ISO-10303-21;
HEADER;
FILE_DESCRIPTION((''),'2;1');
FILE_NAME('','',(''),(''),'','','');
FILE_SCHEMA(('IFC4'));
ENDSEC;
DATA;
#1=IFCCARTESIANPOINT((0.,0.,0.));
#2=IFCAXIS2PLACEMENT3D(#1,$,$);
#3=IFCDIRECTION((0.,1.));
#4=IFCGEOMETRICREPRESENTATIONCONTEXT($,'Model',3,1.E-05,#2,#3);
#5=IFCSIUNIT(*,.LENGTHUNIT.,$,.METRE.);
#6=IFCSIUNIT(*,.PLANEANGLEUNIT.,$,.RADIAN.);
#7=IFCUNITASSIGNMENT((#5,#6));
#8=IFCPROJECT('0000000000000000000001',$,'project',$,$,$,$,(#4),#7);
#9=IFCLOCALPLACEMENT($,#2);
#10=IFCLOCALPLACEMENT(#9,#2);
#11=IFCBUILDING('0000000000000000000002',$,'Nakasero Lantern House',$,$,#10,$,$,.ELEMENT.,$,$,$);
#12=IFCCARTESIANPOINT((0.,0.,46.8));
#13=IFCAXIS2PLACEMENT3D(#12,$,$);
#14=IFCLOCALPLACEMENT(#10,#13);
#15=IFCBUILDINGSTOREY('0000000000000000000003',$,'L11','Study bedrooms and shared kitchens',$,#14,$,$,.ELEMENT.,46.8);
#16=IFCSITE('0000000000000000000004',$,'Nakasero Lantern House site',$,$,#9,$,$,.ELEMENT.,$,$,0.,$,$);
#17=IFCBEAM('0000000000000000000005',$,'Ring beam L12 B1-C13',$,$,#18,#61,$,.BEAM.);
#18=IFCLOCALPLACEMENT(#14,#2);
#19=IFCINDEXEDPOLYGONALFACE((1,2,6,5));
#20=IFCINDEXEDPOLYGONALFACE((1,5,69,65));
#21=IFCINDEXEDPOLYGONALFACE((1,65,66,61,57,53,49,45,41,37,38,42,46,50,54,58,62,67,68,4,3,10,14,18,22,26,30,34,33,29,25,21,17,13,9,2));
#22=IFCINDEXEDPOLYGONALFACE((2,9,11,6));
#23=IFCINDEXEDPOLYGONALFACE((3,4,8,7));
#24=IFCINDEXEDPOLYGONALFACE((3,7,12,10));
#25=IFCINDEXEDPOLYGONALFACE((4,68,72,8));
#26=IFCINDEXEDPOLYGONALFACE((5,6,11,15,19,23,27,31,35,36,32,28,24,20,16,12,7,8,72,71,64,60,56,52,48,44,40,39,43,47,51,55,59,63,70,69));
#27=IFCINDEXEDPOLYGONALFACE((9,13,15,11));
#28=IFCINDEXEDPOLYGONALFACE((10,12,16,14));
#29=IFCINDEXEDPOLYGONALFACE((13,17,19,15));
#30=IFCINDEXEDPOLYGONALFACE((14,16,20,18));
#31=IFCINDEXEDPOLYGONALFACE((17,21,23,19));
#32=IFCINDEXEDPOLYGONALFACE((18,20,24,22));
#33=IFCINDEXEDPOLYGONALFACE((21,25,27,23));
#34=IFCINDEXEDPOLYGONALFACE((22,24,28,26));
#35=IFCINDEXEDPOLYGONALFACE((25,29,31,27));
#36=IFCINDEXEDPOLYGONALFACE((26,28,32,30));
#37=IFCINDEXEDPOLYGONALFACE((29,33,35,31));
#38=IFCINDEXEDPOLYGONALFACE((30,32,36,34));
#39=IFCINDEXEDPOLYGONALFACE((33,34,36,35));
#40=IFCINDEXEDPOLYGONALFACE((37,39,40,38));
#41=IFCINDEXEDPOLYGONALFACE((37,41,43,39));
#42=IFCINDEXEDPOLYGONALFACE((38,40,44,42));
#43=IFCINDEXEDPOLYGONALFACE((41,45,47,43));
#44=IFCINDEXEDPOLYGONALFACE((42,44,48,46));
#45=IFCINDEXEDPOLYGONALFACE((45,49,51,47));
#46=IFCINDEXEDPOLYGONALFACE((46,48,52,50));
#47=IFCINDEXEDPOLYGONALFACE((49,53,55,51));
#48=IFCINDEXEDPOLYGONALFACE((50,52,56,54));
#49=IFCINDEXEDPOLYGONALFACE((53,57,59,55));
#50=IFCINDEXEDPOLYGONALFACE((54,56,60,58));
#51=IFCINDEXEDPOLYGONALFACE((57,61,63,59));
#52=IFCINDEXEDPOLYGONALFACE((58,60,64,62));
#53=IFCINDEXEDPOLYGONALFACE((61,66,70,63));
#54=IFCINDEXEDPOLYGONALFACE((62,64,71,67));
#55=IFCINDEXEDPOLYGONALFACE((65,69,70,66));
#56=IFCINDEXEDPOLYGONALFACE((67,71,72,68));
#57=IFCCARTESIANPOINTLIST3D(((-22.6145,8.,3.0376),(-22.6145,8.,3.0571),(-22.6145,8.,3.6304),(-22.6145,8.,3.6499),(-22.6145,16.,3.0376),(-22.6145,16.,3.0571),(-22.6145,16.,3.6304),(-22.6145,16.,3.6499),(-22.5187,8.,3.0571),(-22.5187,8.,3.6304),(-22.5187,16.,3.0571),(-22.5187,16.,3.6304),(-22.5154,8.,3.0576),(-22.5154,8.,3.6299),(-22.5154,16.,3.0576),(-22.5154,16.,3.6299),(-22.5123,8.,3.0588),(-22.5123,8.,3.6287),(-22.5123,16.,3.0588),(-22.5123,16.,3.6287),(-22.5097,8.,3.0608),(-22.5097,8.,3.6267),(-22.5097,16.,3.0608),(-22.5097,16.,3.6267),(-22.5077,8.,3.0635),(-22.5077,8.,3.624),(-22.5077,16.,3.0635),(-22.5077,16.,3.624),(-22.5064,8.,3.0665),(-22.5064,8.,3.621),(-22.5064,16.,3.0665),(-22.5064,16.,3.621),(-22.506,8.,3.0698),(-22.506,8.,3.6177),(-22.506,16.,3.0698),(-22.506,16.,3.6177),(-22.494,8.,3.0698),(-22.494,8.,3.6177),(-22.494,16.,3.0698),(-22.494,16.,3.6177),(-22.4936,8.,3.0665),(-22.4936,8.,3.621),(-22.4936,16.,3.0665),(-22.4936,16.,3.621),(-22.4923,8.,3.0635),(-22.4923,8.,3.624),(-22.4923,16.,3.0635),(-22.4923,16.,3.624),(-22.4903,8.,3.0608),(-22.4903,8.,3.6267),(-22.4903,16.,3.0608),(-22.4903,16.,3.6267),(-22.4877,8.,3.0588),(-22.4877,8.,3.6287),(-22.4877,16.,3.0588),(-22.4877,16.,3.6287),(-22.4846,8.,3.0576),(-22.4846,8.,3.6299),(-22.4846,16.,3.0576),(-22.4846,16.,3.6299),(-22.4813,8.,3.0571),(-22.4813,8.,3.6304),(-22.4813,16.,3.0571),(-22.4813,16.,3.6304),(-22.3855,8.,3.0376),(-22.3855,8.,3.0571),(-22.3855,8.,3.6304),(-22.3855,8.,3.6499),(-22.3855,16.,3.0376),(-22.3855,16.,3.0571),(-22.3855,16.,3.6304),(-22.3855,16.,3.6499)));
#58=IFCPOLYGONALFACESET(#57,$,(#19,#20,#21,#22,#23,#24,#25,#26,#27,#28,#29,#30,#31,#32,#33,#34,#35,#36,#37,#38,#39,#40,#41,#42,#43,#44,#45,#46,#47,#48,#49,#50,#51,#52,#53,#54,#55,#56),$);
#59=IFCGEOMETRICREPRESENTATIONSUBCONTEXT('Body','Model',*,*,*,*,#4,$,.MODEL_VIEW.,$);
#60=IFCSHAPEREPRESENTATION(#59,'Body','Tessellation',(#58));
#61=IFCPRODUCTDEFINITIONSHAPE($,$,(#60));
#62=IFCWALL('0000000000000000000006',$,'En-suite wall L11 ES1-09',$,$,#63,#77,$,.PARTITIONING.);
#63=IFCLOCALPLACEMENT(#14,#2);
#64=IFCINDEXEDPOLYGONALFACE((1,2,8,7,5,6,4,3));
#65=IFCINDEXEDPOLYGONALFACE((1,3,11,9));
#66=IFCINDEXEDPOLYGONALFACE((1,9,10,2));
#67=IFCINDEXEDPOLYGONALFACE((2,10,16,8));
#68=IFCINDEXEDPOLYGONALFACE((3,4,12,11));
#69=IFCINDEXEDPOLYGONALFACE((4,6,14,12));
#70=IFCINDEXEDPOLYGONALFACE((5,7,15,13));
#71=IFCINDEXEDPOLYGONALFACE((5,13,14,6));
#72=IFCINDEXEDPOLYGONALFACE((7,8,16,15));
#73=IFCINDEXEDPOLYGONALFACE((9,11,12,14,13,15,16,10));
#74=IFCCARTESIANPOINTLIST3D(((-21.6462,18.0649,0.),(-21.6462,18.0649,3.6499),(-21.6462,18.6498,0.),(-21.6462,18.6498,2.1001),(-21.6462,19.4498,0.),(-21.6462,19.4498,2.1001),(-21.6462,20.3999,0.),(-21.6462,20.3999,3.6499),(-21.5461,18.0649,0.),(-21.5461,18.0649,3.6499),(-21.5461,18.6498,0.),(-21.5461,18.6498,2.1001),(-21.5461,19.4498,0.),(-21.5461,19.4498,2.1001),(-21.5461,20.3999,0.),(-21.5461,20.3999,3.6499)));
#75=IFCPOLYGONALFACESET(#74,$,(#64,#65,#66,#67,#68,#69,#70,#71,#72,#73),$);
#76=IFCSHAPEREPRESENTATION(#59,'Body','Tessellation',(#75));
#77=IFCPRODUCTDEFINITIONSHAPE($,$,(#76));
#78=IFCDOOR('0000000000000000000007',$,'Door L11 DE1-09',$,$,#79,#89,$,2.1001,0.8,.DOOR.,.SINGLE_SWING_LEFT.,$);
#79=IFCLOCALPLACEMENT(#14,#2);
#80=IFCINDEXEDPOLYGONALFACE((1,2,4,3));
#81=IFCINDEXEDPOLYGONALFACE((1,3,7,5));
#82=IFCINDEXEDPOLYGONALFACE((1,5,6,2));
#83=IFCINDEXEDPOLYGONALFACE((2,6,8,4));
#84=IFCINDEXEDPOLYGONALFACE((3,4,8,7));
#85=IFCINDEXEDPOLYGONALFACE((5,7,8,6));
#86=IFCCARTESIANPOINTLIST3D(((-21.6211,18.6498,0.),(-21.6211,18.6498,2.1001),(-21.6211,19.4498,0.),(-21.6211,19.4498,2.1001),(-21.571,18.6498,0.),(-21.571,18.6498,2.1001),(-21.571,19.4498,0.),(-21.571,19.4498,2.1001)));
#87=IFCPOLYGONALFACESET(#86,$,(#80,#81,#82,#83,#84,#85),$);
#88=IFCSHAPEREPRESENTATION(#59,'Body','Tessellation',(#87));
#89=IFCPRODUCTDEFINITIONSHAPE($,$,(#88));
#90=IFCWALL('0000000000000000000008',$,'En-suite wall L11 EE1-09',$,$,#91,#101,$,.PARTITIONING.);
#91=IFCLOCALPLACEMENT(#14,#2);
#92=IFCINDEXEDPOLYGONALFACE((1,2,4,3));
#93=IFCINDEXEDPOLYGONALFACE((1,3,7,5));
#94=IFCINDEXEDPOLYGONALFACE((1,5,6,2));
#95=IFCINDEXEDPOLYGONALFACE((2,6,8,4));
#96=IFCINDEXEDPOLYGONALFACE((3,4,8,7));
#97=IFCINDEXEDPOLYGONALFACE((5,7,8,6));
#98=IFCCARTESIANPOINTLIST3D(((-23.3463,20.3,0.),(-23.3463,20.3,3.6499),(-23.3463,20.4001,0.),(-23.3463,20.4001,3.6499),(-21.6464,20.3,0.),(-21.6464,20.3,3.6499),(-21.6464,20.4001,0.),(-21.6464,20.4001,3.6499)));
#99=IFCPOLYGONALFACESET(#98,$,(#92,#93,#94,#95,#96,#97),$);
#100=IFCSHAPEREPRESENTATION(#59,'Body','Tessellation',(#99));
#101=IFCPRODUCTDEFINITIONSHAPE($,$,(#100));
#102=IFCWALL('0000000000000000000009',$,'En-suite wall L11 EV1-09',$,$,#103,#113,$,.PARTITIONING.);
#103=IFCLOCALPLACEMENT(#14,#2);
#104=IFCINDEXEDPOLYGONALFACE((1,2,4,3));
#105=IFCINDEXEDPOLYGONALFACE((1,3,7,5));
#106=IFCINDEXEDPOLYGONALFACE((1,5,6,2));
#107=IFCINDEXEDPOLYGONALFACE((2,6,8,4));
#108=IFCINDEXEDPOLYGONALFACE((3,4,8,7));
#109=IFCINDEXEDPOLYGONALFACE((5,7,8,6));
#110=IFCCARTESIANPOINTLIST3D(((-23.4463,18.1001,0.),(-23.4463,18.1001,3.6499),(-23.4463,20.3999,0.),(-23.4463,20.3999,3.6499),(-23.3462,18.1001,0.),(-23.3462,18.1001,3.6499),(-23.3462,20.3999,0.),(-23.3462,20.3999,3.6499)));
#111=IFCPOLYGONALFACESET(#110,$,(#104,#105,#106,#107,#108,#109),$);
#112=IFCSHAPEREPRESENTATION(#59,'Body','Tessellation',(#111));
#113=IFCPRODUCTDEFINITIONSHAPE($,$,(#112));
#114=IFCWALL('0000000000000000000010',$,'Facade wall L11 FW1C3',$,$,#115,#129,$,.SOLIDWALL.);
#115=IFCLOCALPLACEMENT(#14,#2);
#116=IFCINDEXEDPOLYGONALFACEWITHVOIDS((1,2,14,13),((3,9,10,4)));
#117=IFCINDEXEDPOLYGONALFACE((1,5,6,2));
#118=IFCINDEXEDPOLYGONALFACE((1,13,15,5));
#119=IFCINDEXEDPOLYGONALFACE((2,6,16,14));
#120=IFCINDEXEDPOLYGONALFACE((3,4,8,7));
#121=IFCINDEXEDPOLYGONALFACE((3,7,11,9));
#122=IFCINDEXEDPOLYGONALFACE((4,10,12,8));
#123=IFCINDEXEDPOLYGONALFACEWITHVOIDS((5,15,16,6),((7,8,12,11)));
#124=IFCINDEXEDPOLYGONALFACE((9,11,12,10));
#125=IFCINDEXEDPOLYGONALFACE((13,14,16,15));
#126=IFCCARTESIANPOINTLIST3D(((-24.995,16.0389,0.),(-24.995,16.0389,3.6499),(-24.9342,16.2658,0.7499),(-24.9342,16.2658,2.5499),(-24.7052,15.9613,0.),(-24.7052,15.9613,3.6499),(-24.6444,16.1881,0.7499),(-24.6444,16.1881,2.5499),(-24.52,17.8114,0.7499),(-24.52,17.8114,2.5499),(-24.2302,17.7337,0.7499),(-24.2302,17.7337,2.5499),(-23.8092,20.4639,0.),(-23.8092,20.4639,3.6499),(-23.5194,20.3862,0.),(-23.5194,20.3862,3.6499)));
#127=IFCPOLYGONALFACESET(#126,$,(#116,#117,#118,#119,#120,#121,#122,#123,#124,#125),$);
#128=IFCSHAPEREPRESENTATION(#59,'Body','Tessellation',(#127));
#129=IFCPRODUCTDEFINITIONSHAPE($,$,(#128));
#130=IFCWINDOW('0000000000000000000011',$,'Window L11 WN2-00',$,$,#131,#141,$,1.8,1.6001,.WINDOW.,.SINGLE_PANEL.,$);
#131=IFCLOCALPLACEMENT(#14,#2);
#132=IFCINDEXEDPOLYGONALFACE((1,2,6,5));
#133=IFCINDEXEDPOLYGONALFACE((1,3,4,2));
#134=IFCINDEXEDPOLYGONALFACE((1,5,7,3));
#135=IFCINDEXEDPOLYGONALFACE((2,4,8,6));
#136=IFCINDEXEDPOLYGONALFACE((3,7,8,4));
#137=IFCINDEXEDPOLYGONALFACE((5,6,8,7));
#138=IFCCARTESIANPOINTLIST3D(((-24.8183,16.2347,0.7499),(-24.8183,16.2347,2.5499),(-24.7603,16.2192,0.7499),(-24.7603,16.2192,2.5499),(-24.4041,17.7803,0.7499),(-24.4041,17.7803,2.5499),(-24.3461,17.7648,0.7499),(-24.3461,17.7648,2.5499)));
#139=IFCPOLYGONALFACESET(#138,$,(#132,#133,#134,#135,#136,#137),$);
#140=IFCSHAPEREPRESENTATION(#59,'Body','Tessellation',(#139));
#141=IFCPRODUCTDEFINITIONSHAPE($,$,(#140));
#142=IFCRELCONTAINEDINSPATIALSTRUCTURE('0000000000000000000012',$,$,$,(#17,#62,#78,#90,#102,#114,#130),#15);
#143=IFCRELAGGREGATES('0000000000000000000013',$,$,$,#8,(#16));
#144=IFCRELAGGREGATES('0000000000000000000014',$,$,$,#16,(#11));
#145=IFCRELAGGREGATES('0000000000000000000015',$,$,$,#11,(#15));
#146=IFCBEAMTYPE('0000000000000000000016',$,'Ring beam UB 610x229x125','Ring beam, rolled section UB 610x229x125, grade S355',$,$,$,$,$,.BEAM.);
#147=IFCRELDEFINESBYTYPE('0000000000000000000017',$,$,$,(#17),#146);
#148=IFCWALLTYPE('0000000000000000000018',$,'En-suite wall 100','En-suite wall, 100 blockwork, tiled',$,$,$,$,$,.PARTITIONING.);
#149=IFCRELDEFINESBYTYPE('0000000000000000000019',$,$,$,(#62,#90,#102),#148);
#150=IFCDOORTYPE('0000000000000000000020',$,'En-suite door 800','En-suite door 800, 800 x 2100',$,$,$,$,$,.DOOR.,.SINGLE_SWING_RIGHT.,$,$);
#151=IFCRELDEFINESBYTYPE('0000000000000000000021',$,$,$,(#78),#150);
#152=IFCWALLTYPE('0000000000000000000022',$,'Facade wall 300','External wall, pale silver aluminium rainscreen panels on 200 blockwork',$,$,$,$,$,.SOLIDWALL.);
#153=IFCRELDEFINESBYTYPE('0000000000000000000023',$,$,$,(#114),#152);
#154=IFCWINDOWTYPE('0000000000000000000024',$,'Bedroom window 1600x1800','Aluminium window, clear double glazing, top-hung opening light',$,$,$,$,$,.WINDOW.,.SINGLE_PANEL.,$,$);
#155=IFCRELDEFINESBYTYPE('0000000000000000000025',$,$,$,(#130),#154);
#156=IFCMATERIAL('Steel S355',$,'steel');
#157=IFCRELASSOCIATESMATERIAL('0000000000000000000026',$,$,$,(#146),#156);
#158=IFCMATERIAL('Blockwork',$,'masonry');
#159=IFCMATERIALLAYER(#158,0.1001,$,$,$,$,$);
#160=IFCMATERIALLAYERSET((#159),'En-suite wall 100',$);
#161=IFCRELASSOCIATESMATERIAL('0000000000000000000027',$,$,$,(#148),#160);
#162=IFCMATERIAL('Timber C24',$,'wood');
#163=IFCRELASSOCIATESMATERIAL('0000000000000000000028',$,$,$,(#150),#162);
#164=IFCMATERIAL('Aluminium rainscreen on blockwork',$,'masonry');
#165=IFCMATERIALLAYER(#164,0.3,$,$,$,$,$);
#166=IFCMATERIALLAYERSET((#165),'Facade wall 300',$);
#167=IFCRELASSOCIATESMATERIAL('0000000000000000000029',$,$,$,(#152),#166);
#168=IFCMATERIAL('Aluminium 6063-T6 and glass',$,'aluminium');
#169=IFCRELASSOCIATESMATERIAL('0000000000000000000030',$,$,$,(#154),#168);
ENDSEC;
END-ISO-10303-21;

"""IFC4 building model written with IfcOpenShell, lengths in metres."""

from ifc_helpers import new_model, si_unit, direction, frame, frame_2d, origin, origin_2d, place, context, subcontext, project, spatial, rectangle, i_section, extrude, material, layer, layer_set, material_profile, profile_set, type_object, element, fill, save


model = new_model("IFC4")

# Units and contexts
model_context = context("Model", 3, precision=1e-05, world=origin(), true_north=direction((0.0, 1.0)))
body_context = subcontext(model_context, "Body", "Model", "MODEL_VIEW")
ifc_project = project(units=[si_unit("LENGTHUNIT", "METRE"), si_unit("PLANEANGLEUNIT", "RADIAN")], contexts=[model_context])

# Site, building, storey
site_placement = place(None, origin())
site = spatial("IfcSite", under=ifc_project, at=site_placement, Name="Nakasero Lantern House site", CompositionType="ELEMENT", RefElevation=0.0)
building_placement = place(site_placement, origin())
building = spatial("IfcBuilding", under=site, at=building_placement, Name="Nakasero Lantern House", CompositionType="ELEMENT")
storey_placement = place(building_placement, frame((0.0, 0.0, 46.8)))
storey = spatial("IfcBuildingStorey", under=building, at=storey_placement, Name="L11", Description="Study bedrooms and shared kitchens", CompositionType="ELEMENT", Elevation=46.8)

# Beam
ifc_material_1 = material(Name="Steel S355", Category="steel")
ifc_material_profile_1 = material_profile(ifc_material_1, i_section(OverallWidth=0.229, OverallDepth=0.6123, WebThickness=0.012, FlangeThickness=0.0195, FilletRadius=0.0127, at=origin_2d()), Name="UB 610x229x125")
ifc_profile_set_1 = profile_set([ifc_material_profile_1], Name="Steel S355")
beam_type_1 = type_object("IfcBeamType", Name="Ring beam UB 610x229x125", Description="Ring beam, rolled section UB 610x229x125, grade S355", PredefinedType="BEAM", material=ifc_profile_set_1)
beam_1_placement = place(storey_placement, frame((-22.5, 16.0, 3.3438), z_axis=(0.0, -1.0, 0.0), x_axis=(1.0, 0.0, 0.0)))
element("IfcBeam", 1, at=beam_1_placement, inside=storey, type_object=beam_type_1, Name="Ring beam L12 B1-C13", PredefinedType="BEAM", context=body_context, shape_type="SweptSolid", body=[
    extrude(i_section(OverallWidth=0.229, OverallDepth=0.6123, WebThickness=0.012, FlangeThickness=0.0195, FilletRadius=0.0127, at=origin_2d()), origin(), (0.0, 0.0, 1.0), 8.0),
])

# Wall, opening, door
ifc_material_2 = material(Name="Blockwork", Category="masonry")
ifc_layer_1 = layer(ifc_material_2, 0.1001)
ifc_layer_set_1 = layer_set([ifc_layer_1], Name="En-suite wall 100")
wall_type_1 = type_object("IfcWallType", Name="En-suite wall 100", Description="En-suite wall, 100 blockwork, tiled", PredefinedType="PARTITIONING", material=ifc_layer_set_1)
wall_1_placement = place(storey_placement, frame((-21.5962, 18.0649, 0.0), z_axis=(0.0, 0.0, 1.0), x_axis=(0.0, 1.0, 0.0)))
wall_1 = element("IfcWall", 2, at=wall_1_placement, inside=storey, type_object=wall_type_1, Name="En-suite wall L11 ES1-09", PredefinedType="PARTITIONING", context=body_context, shape_type="SweptSolid", body=[
    extrude(rectangle(XDim=2.335, YDim=0.1001, at=frame_2d((1.1675, 0.0))), origin(), (0.0, 0.0, 1.0), 3.6499),
])
opening_1_placement = place(wall_1_placement, frame((0.585, 0.0, 0.0)))
opening_1 = element("IfcOpeningElement", 3, at=opening_1_placement, cuts=wall_1, PredefinedType="OPENING", context=body_context, shape_type="SweptSolid", body=[
    extrude(rectangle(XDim=0.8, YDim=2.1001, at=frame_2d((0.3999, 1.05))), frame((0.0, 0.0701, 0.0), z_axis=(0.0, -1.0, 0.0), x_axis=(1.0, 0.0, 0.0)), (0.0, 0.0, 1.0), 0.1401),
])
ifc_material_3 = material(Name="Timber C24", Category="wood")
door_type_1 = type_object("IfcDoorType", Name="En-suite door 800", Description="En-suite door 800, 800 x 2100", OperationType="SINGLE_SWING_RIGHT", PredefinedType="DOOR", material=ifc_material_3)
door_1_placement = place(opening_1_placement, origin())
door_1 = element("IfcDoor", 4, at=door_1_placement, inside=storey, type_object=door_type_1, Name="Door L11 DE1-09", OperationType="SINGLE_SWING_LEFT", OverallHeight=2.1001, OverallWidth=0.8, PredefinedType="DOOR", context=body_context, shape_type="SweptSolid", body=[
    extrude(rectangle(XDim=0.8, YDim=2.1001, at=frame_2d((0.3999, 1.05))), frame((0.0, 0.0249, 0.0), z_axis=(0.0, -1.0, 0.0), x_axis=(1.0, 0.0, 0.0)), (0.0, 0.0, 1.0), 0.05),
])
fill(opening_1, door_1)

# Walls
wall_2_placement = place(storey_placement, frame((-21.6462, 20.3501, 0.0), z_axis=(0.0, 0.0, 1.0), x_axis=(-1.0, 0.0, 0.0)))
element("IfcWall", 5, at=wall_2_placement, inside=storey, type_object=wall_type_1, Name="En-suite wall L11 EE1-09", PredefinedType="PARTITIONING", context=body_context, shape_type="SweptSolid", body=[
    extrude(rectangle(XDim=1.7, YDim=0.1001, at=frame_2d((0.8501, 0.0))), origin(), (0.0, 0.0, 1.0), 3.6499),
])
wall_3_placement = place(storey_placement, frame((-23.3962, 18.1001, 0.0), z_axis=(0.0, 0.0, 1.0), x_axis=(0.0, 1.0, 0.0)))
element("IfcWall", 6, at=wall_3_placement, inside=storey, type_object=wall_type_1, Name="En-suite wall L11 EV1-09", PredefinedType="PARTITIONING", context=body_context, shape_type="SweptSolid", body=[
    extrude(rectangle(XDim=2.2998, YDim=0.1001, at=frame_2d((1.1499, 0.0))), origin(), (0.0, 0.0, 1.0), 3.6499),
])

# Wall, opening, window
ifc_material_4 = material(Name="Aluminium rainscreen on blockwork", Category="masonry")
ifc_layer_2 = layer(ifc_material_4, 0.3)
ifc_layer_set_2 = layer_set([ifc_layer_2], Name="Facade wall 300")
wall_type_2 = type_object("IfcWallType", Name="Facade wall 300", Description="External wall, pale silver aluminium rainscreen panels on 200 blockwork", PredefinedType="SOLIDWALL", material=ifc_layer_set_2)
wall_4_placement = place(storey_placement, frame((-23.6643, 20.425, 0.0), z_axis=(0.0, 0.0, 1.0), x_axis=(-0.25884, -0.96592, 0.0)))
wall_4 = element("IfcWall", 7, at=wall_4_placement, inside=storey, type_object=wall_type_2, Name="Facade wall L11 FW1C3", PredefinedType="SOLIDWALL", context=body_context, shape_type="SweptSolid", body=[
    extrude(rectangle(XDim=4.5811, YDim=0.3, at=frame_2d((2.2905, 0.0))), origin(), (0.0, 0.0, 1.0), 3.6499),
])
opening_2_placement = place(wall_4_placement, frame((2.7461, 0.0, 0.75)))
opening_2 = element("IfcOpeningElement", 8, at=opening_2_placement, cuts=wall_4, PredefinedType="OPENING", context=body_context, shape_type="SweptSolid", body=[
    extrude(rectangle(XDim=1.6001, YDim=1.8, at=frame_2d((0.8, 0.8999))), frame((0.0, 0.1699, 0.0), z_axis=(0.0, -1.0, 0.0), x_axis=(1.0, 0.0, 0.0)), (0.0, 0.0, 1.0), 0.3401),
])
ifc_material_5 = material(Name="Aluminium 6063-T6 and glass", Category="aluminium")
window_type_1 = type_object("IfcWindowType", Name="Bedroom window 1600x1800", Description="Aluminium window, clear double glazing, top-hung opening light", PartitioningType="SINGLE_PANEL", PredefinedType="WINDOW", material=ifc_material_5)
window_1_placement = place(opening_2_placement, origin())
window_1 = element("IfcWindow", 9, at=window_1_placement, inside=storey, type_object=window_type_1, Name="Window L11 WN2-00", OverallHeight=1.8, OverallWidth=1.6001, PartitioningType="SINGLE_PANEL", PredefinedType="WINDOW", context=body_context, shape_type="SweptSolid", body=[
    extrude(rectangle(XDim=1.6001, YDim=1.8, at=frame_2d((0.8, 0.8999))), frame((0.0, 0.03, 0.0), z_axis=(0.0, -1.0, 0.0), x_axis=(1.0, 0.0, 0.0)), (0.0, 0.0, 1.0), 0.0601),
])
fill(opening_2, window_1)

save(model, "model.ifc")
